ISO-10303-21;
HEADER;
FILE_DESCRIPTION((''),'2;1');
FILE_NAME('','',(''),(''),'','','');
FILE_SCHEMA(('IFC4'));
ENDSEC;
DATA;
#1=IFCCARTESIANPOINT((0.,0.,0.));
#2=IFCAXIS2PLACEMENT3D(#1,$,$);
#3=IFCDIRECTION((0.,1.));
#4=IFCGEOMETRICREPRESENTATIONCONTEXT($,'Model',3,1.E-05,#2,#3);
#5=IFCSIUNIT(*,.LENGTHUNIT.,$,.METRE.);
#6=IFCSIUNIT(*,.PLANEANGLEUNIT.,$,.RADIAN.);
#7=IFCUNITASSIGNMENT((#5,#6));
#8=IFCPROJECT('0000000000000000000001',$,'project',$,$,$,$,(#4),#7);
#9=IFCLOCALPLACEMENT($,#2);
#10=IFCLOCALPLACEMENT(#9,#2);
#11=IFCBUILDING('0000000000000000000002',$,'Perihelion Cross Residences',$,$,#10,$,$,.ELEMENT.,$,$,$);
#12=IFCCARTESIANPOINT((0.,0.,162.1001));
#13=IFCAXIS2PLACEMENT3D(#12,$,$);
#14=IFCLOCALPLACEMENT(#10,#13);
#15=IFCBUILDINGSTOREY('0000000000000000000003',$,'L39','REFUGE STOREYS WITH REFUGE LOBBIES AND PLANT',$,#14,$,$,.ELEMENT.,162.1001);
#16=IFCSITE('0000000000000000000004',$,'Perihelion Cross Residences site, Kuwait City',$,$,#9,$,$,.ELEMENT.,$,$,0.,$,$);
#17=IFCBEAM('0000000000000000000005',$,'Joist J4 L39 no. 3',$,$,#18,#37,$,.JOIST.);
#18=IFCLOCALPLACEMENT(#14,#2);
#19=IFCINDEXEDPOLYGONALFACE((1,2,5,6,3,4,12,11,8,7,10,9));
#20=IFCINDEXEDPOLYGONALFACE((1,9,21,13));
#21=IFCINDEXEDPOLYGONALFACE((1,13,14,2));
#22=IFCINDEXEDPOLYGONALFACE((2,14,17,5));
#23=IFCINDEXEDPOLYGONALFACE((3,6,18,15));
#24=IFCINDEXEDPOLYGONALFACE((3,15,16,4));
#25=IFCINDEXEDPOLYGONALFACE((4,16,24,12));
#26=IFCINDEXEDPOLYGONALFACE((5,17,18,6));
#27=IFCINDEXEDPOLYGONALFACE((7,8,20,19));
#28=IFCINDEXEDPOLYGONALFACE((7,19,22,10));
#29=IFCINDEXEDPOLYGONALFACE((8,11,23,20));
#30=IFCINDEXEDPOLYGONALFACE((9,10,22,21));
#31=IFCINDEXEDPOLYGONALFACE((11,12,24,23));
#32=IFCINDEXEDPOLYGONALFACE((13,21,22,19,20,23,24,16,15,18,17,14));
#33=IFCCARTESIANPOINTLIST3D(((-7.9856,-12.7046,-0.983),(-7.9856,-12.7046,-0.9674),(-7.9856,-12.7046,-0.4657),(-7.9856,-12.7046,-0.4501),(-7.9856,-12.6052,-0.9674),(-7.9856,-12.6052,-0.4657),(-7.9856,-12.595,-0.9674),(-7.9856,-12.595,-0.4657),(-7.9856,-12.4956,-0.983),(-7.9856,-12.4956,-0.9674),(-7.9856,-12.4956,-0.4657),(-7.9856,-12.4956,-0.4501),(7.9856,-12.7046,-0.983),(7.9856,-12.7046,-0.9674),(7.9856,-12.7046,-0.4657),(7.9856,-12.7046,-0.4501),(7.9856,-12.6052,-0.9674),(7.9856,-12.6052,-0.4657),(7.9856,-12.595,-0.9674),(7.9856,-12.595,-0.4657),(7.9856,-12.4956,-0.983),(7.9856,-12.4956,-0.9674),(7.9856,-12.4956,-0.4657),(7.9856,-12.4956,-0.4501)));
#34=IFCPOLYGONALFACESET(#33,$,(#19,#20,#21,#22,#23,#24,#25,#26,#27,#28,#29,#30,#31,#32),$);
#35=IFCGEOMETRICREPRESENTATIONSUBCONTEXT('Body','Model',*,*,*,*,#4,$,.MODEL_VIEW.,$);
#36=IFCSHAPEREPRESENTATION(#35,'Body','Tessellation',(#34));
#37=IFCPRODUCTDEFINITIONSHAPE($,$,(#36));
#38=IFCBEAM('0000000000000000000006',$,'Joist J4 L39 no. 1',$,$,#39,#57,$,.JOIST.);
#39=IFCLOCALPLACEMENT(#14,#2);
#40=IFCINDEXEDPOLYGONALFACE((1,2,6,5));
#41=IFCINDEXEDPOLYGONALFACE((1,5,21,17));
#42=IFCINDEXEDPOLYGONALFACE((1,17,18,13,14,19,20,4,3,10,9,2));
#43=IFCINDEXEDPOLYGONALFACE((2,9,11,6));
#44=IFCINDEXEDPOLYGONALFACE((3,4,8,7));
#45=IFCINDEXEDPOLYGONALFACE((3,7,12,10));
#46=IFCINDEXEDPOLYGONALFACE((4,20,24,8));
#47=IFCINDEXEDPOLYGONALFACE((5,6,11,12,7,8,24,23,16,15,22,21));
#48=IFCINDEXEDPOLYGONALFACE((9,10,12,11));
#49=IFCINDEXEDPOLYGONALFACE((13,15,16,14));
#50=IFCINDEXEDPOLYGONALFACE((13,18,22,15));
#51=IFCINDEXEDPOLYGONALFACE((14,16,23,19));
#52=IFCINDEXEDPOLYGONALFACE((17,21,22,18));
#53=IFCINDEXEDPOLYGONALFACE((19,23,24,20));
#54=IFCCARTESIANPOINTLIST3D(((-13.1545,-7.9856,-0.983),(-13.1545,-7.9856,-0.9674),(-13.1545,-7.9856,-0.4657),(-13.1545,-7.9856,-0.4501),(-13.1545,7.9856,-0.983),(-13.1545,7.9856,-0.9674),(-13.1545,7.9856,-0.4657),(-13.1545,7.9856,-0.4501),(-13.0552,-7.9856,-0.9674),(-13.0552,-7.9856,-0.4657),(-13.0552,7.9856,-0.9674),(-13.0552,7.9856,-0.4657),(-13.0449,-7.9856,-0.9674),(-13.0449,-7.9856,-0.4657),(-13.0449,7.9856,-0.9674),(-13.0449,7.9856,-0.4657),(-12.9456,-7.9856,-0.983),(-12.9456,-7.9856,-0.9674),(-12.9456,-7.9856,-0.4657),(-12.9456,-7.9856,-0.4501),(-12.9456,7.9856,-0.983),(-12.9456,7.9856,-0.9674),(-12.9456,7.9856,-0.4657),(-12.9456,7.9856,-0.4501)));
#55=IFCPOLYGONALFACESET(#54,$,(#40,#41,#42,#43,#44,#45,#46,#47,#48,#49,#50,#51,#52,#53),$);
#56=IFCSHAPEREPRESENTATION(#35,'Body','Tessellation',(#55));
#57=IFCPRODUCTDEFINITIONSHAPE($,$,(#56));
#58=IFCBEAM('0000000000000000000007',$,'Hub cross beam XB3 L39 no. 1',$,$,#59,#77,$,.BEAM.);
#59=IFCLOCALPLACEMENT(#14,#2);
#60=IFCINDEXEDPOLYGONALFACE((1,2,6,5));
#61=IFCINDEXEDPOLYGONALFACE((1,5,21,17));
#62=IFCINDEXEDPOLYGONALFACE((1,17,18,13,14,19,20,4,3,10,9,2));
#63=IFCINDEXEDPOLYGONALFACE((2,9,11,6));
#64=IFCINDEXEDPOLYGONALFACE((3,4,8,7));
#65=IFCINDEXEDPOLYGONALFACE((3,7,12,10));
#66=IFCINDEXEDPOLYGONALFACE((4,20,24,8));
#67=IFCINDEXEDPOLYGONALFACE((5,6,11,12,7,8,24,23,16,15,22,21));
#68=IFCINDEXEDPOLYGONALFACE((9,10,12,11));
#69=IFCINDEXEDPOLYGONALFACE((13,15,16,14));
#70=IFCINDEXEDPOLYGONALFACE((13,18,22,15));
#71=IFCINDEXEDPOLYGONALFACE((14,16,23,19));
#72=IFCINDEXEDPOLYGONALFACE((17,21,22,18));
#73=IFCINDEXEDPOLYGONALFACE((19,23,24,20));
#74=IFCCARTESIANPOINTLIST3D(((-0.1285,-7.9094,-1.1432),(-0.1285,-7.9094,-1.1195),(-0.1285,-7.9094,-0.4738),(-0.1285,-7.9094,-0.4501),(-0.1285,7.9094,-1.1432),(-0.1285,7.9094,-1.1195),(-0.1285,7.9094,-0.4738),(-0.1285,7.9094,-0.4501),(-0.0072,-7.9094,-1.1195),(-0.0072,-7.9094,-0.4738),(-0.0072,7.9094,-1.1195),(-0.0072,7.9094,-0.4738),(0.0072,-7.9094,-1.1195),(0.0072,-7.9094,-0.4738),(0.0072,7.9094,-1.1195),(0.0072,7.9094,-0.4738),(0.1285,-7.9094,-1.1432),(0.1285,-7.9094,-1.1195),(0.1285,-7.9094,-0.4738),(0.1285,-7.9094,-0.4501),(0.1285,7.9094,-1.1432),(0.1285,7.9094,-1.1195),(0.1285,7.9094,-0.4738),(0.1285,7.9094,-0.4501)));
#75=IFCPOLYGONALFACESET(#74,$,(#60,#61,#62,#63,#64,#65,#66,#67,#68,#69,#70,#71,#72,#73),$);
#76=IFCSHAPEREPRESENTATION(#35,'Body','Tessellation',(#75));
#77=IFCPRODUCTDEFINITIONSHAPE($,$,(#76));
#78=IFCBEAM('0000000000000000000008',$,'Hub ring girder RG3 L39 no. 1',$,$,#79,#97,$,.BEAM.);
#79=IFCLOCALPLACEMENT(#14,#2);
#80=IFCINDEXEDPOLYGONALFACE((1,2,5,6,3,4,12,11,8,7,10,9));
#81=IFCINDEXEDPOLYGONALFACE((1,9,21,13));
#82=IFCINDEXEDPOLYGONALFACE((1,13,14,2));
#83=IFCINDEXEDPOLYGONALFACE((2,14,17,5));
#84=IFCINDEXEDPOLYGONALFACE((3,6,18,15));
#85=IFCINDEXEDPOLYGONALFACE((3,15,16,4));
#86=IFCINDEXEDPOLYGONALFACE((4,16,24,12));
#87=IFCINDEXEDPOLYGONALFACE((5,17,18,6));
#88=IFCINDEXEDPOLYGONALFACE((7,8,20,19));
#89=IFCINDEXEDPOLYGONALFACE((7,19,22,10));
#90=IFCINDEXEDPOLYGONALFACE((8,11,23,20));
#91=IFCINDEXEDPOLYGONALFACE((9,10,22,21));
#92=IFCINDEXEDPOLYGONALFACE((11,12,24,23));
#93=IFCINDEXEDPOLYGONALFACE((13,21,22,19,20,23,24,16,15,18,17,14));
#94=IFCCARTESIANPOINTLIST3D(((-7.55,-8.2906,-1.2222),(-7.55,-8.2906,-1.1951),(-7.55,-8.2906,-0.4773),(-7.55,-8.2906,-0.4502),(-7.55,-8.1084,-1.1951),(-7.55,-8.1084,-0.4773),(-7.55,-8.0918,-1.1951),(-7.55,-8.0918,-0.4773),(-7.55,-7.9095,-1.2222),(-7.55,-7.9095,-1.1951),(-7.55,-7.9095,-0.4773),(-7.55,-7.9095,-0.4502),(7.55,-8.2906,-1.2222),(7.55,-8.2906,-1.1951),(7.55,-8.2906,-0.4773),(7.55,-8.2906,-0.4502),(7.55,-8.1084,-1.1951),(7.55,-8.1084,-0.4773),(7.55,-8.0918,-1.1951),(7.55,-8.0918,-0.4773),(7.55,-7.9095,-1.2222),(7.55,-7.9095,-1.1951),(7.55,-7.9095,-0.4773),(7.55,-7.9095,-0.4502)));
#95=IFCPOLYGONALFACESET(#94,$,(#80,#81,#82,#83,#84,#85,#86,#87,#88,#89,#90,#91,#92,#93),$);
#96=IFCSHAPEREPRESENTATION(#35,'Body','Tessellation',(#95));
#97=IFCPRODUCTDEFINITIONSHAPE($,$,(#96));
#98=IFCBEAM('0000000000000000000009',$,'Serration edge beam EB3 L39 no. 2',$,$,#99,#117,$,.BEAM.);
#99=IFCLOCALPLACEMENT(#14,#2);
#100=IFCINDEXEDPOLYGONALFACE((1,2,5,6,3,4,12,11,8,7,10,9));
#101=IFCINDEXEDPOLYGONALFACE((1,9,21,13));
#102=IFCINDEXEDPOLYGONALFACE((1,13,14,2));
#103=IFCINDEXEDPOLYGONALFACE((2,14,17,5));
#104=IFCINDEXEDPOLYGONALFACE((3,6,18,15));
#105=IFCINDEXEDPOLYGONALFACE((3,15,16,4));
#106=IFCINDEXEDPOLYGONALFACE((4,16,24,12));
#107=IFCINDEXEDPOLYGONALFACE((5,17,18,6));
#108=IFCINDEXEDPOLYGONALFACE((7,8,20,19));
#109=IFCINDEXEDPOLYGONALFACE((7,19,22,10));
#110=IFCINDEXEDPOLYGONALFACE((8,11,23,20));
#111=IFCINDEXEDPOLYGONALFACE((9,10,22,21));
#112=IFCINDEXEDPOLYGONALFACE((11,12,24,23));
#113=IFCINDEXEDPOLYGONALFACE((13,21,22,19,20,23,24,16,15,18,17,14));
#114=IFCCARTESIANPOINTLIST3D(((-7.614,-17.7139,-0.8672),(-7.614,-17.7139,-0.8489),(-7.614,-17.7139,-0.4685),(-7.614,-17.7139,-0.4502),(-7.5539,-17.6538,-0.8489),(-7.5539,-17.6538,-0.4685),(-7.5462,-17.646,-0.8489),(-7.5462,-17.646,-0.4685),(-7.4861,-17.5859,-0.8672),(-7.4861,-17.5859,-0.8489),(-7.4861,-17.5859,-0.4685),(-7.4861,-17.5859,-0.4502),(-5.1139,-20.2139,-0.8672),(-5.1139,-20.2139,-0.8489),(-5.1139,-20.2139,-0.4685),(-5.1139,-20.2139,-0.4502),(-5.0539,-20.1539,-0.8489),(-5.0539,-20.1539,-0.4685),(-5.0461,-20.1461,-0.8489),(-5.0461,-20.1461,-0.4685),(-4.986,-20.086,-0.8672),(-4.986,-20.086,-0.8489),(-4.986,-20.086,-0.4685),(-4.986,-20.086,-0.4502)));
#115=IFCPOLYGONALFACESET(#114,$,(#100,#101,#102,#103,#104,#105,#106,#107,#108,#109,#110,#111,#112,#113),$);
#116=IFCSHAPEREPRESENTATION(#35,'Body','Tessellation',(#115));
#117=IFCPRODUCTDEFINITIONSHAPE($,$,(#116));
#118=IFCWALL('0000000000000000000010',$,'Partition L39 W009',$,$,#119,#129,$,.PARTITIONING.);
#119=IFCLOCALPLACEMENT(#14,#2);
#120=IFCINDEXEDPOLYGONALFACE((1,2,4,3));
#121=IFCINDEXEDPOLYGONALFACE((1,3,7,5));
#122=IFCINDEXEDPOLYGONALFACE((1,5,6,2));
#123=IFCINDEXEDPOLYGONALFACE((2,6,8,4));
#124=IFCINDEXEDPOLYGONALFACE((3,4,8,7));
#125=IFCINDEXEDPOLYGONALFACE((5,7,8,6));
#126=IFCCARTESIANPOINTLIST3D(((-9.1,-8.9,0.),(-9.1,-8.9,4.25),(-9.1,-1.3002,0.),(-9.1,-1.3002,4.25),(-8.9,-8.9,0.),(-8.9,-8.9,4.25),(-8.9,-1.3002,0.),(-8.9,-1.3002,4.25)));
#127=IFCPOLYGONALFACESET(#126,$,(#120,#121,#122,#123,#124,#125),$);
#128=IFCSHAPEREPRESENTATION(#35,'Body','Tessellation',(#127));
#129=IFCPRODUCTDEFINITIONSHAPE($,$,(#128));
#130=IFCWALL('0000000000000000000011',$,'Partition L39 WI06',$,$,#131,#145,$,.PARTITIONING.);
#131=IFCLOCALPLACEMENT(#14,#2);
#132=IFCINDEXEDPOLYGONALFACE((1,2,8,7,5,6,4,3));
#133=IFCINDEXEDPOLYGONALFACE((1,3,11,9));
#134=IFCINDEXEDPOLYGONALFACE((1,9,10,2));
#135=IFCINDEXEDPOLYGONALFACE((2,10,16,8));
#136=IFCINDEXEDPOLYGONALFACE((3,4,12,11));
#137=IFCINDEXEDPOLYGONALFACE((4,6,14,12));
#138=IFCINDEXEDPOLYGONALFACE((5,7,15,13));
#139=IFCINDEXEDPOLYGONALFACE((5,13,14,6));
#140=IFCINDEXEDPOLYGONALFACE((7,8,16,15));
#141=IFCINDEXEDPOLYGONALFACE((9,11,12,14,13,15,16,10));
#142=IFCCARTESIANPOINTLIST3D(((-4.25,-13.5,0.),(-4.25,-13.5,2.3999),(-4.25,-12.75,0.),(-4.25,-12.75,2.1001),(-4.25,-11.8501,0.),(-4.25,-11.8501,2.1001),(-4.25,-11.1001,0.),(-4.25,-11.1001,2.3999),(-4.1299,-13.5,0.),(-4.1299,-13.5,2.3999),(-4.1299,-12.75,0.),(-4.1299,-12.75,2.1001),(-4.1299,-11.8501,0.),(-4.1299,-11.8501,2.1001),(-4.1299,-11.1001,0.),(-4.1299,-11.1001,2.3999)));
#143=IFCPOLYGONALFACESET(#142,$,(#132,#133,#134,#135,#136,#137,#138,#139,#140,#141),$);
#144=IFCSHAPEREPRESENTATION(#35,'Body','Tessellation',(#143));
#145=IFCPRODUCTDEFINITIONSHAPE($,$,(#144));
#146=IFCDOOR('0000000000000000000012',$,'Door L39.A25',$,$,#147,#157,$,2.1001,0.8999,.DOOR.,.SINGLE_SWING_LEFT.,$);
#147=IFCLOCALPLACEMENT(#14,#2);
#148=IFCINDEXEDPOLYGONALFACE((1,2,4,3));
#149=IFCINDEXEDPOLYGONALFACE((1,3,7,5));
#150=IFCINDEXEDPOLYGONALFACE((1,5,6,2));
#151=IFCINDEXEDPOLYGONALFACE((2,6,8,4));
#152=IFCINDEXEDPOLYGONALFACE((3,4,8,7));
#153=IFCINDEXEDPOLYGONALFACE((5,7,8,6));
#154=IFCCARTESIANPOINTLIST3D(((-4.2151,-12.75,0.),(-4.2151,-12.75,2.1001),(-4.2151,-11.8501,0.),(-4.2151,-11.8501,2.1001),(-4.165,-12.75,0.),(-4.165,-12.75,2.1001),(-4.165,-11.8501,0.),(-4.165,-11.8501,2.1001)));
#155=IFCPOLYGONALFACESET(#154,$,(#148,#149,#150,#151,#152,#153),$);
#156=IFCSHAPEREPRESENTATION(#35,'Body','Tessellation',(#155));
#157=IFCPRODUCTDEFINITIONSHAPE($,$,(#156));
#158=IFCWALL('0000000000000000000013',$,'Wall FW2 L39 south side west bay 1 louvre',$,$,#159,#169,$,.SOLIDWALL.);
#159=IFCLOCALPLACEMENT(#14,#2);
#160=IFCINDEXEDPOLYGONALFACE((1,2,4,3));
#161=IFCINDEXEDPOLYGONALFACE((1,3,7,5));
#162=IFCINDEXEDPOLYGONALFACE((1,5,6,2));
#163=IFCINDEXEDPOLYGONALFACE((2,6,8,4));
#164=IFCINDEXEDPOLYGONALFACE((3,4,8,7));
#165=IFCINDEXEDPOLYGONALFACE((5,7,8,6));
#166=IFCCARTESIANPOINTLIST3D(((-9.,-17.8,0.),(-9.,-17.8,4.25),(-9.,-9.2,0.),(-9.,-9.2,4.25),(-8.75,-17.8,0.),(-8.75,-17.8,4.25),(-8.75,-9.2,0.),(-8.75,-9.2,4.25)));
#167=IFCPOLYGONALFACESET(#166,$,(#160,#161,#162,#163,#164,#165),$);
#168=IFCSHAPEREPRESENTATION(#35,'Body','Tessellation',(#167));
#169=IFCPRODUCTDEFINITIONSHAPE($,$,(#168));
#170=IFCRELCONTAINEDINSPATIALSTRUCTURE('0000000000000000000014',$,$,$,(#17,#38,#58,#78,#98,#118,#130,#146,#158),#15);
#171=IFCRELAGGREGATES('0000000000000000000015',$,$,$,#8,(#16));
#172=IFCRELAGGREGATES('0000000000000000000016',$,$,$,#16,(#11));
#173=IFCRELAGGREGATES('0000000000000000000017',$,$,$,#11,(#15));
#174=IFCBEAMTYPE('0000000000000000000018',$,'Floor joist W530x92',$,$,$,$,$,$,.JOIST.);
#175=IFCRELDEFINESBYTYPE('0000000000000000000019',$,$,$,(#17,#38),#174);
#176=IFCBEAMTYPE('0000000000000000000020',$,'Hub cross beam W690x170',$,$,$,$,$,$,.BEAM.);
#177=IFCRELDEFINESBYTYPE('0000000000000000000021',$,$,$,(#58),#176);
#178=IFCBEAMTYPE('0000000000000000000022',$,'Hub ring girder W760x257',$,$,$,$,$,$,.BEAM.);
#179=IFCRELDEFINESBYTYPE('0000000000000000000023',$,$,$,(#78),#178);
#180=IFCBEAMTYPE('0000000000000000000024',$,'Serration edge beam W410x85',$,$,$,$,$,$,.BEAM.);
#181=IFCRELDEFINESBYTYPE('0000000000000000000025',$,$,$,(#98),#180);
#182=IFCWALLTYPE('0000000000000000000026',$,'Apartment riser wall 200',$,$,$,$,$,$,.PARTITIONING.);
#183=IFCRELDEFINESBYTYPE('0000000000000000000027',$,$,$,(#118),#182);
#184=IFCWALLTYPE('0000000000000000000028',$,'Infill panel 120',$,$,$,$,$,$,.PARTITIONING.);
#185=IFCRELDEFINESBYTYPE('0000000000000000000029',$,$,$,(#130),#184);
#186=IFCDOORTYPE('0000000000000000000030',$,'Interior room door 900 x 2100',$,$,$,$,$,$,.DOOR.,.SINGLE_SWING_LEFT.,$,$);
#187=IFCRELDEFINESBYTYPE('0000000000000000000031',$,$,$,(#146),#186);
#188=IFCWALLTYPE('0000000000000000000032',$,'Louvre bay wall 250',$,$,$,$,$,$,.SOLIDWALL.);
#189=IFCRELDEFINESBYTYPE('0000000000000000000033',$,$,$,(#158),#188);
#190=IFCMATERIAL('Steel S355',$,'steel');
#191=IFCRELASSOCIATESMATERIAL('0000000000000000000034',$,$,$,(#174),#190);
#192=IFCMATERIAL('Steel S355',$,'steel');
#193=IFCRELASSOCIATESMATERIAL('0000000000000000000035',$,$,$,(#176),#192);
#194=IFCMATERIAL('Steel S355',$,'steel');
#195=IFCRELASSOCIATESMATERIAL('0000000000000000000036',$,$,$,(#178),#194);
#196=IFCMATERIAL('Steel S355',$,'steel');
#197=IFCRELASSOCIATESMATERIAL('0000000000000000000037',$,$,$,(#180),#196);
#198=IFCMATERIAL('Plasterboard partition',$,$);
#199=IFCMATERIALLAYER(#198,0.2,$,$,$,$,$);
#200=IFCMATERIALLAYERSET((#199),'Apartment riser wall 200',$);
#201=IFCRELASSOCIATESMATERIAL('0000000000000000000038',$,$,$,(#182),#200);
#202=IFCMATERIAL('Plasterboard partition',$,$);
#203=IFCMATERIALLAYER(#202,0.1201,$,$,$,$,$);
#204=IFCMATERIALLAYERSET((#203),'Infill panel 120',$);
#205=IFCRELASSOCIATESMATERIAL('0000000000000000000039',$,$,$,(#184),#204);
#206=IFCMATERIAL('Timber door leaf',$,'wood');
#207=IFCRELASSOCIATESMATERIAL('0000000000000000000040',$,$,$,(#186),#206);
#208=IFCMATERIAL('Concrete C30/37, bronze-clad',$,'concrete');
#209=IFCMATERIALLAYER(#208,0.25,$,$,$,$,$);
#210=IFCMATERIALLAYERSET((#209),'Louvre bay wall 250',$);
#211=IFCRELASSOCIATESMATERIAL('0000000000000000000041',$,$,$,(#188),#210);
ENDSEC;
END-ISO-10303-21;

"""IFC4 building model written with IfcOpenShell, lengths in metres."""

from ifc_helpers import new_model, si_unit, direction, frame, frame_2d, origin, origin_2d, place, context, subcontext, project, spatial, rectangle, i_section, extrude, material, layer, layer_set, material_profile, profile_set, type_object, element, fill, save


model = new_model("IFC4")

# Units and contexts
model_context = context("Model", 3, precision=1e-05, world=origin(), true_north=direction((0.0, 1.0)))
body_context = subcontext(model_context, "Body", "Model", "MODEL_VIEW")
ifc_project = project(units=[si_unit("LENGTHUNIT", "METRE"), si_unit("PLANEANGLEUNIT", "RADIAN")], contexts=[model_context])

# Site, building, storey
site_placement = place(None, origin())
site = spatial("IfcSite", under=ifc_project, at=site_placement, Name="Perihelion Cross Residences site, Kuwait City", CompositionType="ELEMENT", RefElevation=0.0)
building_placement = place(site_placement, origin())
building = spatial("IfcBuilding", under=site, at=building_placement, Name="Perihelion Cross Residences", CompositionType="ELEMENT")
storey_placement = place(building_placement, frame((0.0, 0.0, 162.1001)))
storey = spatial("IfcBuildingStorey", under=building, at=storey_placement, Name="L39", Description="REFUGE STOREYS WITH REFUGE LOBBIES AND PLANT", CompositionType="ELEMENT", Elevation=162.1001)

# Beams
ifc_material_1 = material(Name="Steel S355", Category="steel")
ifc_material_profile_1 = material_profile(ifc_material_1, i_section(OverallWidth=0.209, OverallDepth=0.533, WebThickness=0.0103, FlangeThickness=0.0156, at=origin_2d()), Name="W530x92")
ifc_profile_set_1 = profile_set([ifc_material_profile_1], Name="Steel S355")
beam_type_1 = type_object("IfcBeamType", Name="Floor joist W530x92", PredefinedType="JOIST", material=ifc_profile_set_1)
for number, where, z_axis, x_axis, name in (
    (1, (-7.9856, -12.6001, -0.7166), (1.0, 0.0, 0.0), (0.0, 1.0, 0.0), "Joist J4 L39 no. 3"),
    (2, (-13.05, -7.9856, -0.7166), (0.0, 1.0, 0.0), (-1.0, 0.0, 0.0), "Joist J4 L39 no. 1"),
):
    element("IfcBeam", number, at=place(storey_placement, frame(where, z_axis=z_axis, x_axis=x_axis)), inside=storey, type_object=beam_type_1, Name=name, PredefinedType="JOIST", context=body_context, shape_type="SweptSolid", body=[
        extrude(i_section(OverallWidth=0.209, OverallDepth=0.533, WebThickness=0.0103, FlangeThickness=0.0156, at=origin_2d()), origin(), (0.0, 0.0, 1.0), 15.9712),
    ])
ifc_material_2 = material(Name="Steel S355", Category="steel")
ifc_material_profile_2 = material_profile(ifc_material_2, i_section(OverallWidth=0.2571, OverallDepth=0.6931, WebThickness=0.0144, FlangeThickness=0.0237, at=origin_2d()), Name="W690x170")
ifc_profile_set_2 = profile_set([ifc_material_profile_2], Name="Steel S355")
beam_type_2 = type_object("IfcBeamType", Name="Hub cross beam W690x170", PredefinedType="BEAM", material=ifc_profile_set_2)
beam_1_placement = place(storey_placement, frame((0.0, -7.9094, -0.7966), z_axis=(0.0, 1.0, 0.0), x_axis=(-1.0, 0.0, 0.0)))
element("IfcBeam", 3, at=beam_1_placement, inside=storey, type_object=beam_type_2, Name="Hub cross beam XB3 L39 no. 1", PredefinedType="BEAM", context=body_context, shape_type="SweptSolid", body=[
    extrude(i_section(OverallWidth=0.2571, OverallDepth=0.6931, WebThickness=0.0144, FlangeThickness=0.0237, at=origin_2d()), origin(), (0.0, 0.0, 1.0), 15.8188),
])
ifc_material_3 = material(Name="Steel S355", Category="steel")
ifc_material_profile_3 = material_profile(ifc_material_3, i_section(OverallWidth=0.3811, OverallDepth=0.772, WebThickness=0.0166, FlangeThickness=0.0271, at=origin_2d()), Name="W760x257")
ifc_profile_set_3 = profile_set([ifc_material_profile_3], Name="Steel S355")
beam_type_3 = type_object("IfcBeamType", Name="Hub ring girder W760x257", PredefinedType="BEAM", material=ifc_profile_set_3)
beam_2_placement = place(storey_placement, frame((-7.55, -8.1001, -0.8362), z_axis=(1.0, 0.0, 0.0), x_axis=(0.0, 1.0, 0.0)))
element("IfcBeam", 4, at=beam_2_placement, inside=storey, type_object=beam_type_3, Name="Hub ring girder RG3 L39 no. 1", PredefinedType="BEAM", context=body_context, shape_type="SweptSolid", body=[
    extrude(i_section(OverallWidth=0.3811, OverallDepth=0.772, WebThickness=0.0166, FlangeThickness=0.0271, at=origin_2d()), origin(), (0.0, 0.0, 1.0), 15.1001),
])
ifc_material_4 = material(Name="Steel S355", Category="steel")
ifc_material_profile_4 = material_profile(ifc_material_4, i_section(OverallWidth=0.1809, OverallDepth=0.417, WebThickness=0.011, FlangeThickness=0.0183, at=origin_2d()), Name="W410x85")
ifc_profile_set_4 = profile_set([ifc_material_profile_4], Name="Steel S355")
beam_type_4 = type_object("IfcBeamType", Name="Serration edge beam W410x85", PredefinedType="BEAM", material=ifc_profile_set_4)
beam_3_placement = place(storey_placement, frame((-7.55, -17.6499, -0.6587), z_axis=(0.707107, -0.707107, 0.0), x_axis=(0.707107, 0.707107, 0.0)))
element("IfcBeam", 5, at=beam_3_placement, inside=storey, type_object=beam_type_4, Name="Serration edge beam EB3 L39 no. 2", PredefinedType="BEAM", context=body_context, shape_type="SweptSolid", body=[
    extrude(i_section(OverallWidth=0.1809, OverallDepth=0.417, WebThickness=0.011, FlangeThickness=0.0183, at=origin_2d()), origin(), (0.0, 0.0, 1.0), 3.5356),
])

# Wall
ifc_material_5 = material(Name="Plasterboard partition")
ifc_layer_1 = layer(ifc_material_5, 0.2)
ifc_layer_set_1 = layer_set([ifc_layer_1], Name="Apartment riser wall 200")
wall_type_1 = type_object("IfcWallType", Name="Apartment riser wall 200", PredefinedType="PARTITIONING", material=ifc_layer_set_1)
wall_1_placement = place(storey_placement, frame((-9.0, -8.8999, 0.0), z_axis=(0.0, 0.0, 1.0), x_axis=(0.0, 1.0, 0.0)))
element("IfcWall", 6, at=wall_1_placement, inside=storey, type_object=wall_type_1, Name="Partition L39 W009", PredefinedType="PARTITIONING", context=body_context, shape_type="SweptSolid", body=[
    extrude(rectangle(XDim=7.5999, YDim=0.2, at=frame_2d((3.7998, 0.0))), origin(), (0.0, 0.0, 1.0), 4.25),
])

# Wall, opening, door
ifc_material_6 = material(Name="Plasterboard partition")
ifc_layer_2 = layer(ifc_material_6, 0.1201)
ifc_layer_set_2 = layer_set([ifc_layer_2], Name="Infill panel 120")
wall_type_2 = type_object("IfcWallType", Name="Infill panel 120", PredefinedType="PARTITIONING", material=ifc_layer_set_2)
wall_2_placement = place(storey_placement, frame((-4.1899, -11.1001, 0.0), z_axis=(0.0, 0.0, 1.0), x_axis=(0.0, -1.0, 0.0)))
wall_2 = element("IfcWall", 7, at=wall_2_placement, inside=storey, type_object=wall_type_2, Name="Partition L39 WI06", PredefinedType="PARTITIONING", context=body_context, shape_type="SweptSolid", body=[
    extrude(rectangle(XDim=2.3999, YDim=0.1201, at=frame_2d((1.2, 0.0))), origin(), (0.0, 0.0, 1.0), 2.3999),
])
opening_placement = place(wall_2_placement, frame((0.75, 0.0, 0.0)))
opening = element("IfcOpeningElement", 8, at=opening_placement, cuts=wall_2, PredefinedType="OPENING", context=body_context, shape_type="SweptSolid", body=[
    extrude(rectangle(XDim=0.8999, YDim=2.1001, at=frame_2d((0.45, 1.05))), frame((0.0, 0.0701, 0.0), z_axis=(0.0, -1.0, 0.0), x_axis=(1.0, 0.0, 0.0)), (0.0, 0.0, 1.0), 0.1401),
])
ifc_material_7 = material(Name="Timber door leaf", Category="wood")
door_type = type_object("IfcDoorType", Name="Interior room door 900 x 2100", OperationType="SINGLE_SWING_LEFT", PredefinedType="DOOR", material=ifc_material_7)
door_placement = place(opening_placement, origin())
door = element("IfcDoor", 9, at=door_placement, inside=storey, type_object=door_type, Name="Door L39.A25", OperationType="SINGLE_SWING_LEFT", OverallHeight=2.1001, OverallWidth=0.8999, PredefinedType="DOOR", context=body_context, shape_type="SweptSolid", body=[
    extrude(rectangle(XDim=0.8999, YDim=2.1001, at=frame_2d((0.45, 1.05))), frame((0.0, 0.0249, 0.0), z_axis=(0.0, -1.0, 0.0), x_axis=(1.0, 0.0, 0.0)), (0.0, 0.0, 1.0), 0.05),
])
fill(opening, door)

# Wall
ifc_material_8 = material(Name="Concrete C30/37, bronze-clad", Category="concrete")
ifc_layer_3 = layer(ifc_material_8, 0.25)
ifc_layer_set_3 = layer_set([ifc_layer_3], Name="Louvre bay wall 250")
wall_type_3 = type_object("IfcWallType", Name="Louvre bay wall 250", PredefinedType="SOLIDWALL", material=ifc_layer_set_3)
wall_3_placement = place(storey_placement, frame((-8.875, -9.2, 0.0), z_axis=(0.0, 0.0, 1.0), x_axis=(0.0, -1.0, 0.0)))
element("IfcWall", 10, at=wall_3_placement, inside=storey, type_object=wall_type_3, Name="Wall FW2 L39 south side west bay 1 louvre", PredefinedType="SOLIDWALL", context=body_context, shape_type="SweptSolid", body=[
    extrude(rectangle(XDim=8.6001, YDim=0.25, at=frame_2d((4.3, 0.0))), origin(), (0.0, 0.0, 1.0), 4.25),
])

save(model, "model.ifc")
